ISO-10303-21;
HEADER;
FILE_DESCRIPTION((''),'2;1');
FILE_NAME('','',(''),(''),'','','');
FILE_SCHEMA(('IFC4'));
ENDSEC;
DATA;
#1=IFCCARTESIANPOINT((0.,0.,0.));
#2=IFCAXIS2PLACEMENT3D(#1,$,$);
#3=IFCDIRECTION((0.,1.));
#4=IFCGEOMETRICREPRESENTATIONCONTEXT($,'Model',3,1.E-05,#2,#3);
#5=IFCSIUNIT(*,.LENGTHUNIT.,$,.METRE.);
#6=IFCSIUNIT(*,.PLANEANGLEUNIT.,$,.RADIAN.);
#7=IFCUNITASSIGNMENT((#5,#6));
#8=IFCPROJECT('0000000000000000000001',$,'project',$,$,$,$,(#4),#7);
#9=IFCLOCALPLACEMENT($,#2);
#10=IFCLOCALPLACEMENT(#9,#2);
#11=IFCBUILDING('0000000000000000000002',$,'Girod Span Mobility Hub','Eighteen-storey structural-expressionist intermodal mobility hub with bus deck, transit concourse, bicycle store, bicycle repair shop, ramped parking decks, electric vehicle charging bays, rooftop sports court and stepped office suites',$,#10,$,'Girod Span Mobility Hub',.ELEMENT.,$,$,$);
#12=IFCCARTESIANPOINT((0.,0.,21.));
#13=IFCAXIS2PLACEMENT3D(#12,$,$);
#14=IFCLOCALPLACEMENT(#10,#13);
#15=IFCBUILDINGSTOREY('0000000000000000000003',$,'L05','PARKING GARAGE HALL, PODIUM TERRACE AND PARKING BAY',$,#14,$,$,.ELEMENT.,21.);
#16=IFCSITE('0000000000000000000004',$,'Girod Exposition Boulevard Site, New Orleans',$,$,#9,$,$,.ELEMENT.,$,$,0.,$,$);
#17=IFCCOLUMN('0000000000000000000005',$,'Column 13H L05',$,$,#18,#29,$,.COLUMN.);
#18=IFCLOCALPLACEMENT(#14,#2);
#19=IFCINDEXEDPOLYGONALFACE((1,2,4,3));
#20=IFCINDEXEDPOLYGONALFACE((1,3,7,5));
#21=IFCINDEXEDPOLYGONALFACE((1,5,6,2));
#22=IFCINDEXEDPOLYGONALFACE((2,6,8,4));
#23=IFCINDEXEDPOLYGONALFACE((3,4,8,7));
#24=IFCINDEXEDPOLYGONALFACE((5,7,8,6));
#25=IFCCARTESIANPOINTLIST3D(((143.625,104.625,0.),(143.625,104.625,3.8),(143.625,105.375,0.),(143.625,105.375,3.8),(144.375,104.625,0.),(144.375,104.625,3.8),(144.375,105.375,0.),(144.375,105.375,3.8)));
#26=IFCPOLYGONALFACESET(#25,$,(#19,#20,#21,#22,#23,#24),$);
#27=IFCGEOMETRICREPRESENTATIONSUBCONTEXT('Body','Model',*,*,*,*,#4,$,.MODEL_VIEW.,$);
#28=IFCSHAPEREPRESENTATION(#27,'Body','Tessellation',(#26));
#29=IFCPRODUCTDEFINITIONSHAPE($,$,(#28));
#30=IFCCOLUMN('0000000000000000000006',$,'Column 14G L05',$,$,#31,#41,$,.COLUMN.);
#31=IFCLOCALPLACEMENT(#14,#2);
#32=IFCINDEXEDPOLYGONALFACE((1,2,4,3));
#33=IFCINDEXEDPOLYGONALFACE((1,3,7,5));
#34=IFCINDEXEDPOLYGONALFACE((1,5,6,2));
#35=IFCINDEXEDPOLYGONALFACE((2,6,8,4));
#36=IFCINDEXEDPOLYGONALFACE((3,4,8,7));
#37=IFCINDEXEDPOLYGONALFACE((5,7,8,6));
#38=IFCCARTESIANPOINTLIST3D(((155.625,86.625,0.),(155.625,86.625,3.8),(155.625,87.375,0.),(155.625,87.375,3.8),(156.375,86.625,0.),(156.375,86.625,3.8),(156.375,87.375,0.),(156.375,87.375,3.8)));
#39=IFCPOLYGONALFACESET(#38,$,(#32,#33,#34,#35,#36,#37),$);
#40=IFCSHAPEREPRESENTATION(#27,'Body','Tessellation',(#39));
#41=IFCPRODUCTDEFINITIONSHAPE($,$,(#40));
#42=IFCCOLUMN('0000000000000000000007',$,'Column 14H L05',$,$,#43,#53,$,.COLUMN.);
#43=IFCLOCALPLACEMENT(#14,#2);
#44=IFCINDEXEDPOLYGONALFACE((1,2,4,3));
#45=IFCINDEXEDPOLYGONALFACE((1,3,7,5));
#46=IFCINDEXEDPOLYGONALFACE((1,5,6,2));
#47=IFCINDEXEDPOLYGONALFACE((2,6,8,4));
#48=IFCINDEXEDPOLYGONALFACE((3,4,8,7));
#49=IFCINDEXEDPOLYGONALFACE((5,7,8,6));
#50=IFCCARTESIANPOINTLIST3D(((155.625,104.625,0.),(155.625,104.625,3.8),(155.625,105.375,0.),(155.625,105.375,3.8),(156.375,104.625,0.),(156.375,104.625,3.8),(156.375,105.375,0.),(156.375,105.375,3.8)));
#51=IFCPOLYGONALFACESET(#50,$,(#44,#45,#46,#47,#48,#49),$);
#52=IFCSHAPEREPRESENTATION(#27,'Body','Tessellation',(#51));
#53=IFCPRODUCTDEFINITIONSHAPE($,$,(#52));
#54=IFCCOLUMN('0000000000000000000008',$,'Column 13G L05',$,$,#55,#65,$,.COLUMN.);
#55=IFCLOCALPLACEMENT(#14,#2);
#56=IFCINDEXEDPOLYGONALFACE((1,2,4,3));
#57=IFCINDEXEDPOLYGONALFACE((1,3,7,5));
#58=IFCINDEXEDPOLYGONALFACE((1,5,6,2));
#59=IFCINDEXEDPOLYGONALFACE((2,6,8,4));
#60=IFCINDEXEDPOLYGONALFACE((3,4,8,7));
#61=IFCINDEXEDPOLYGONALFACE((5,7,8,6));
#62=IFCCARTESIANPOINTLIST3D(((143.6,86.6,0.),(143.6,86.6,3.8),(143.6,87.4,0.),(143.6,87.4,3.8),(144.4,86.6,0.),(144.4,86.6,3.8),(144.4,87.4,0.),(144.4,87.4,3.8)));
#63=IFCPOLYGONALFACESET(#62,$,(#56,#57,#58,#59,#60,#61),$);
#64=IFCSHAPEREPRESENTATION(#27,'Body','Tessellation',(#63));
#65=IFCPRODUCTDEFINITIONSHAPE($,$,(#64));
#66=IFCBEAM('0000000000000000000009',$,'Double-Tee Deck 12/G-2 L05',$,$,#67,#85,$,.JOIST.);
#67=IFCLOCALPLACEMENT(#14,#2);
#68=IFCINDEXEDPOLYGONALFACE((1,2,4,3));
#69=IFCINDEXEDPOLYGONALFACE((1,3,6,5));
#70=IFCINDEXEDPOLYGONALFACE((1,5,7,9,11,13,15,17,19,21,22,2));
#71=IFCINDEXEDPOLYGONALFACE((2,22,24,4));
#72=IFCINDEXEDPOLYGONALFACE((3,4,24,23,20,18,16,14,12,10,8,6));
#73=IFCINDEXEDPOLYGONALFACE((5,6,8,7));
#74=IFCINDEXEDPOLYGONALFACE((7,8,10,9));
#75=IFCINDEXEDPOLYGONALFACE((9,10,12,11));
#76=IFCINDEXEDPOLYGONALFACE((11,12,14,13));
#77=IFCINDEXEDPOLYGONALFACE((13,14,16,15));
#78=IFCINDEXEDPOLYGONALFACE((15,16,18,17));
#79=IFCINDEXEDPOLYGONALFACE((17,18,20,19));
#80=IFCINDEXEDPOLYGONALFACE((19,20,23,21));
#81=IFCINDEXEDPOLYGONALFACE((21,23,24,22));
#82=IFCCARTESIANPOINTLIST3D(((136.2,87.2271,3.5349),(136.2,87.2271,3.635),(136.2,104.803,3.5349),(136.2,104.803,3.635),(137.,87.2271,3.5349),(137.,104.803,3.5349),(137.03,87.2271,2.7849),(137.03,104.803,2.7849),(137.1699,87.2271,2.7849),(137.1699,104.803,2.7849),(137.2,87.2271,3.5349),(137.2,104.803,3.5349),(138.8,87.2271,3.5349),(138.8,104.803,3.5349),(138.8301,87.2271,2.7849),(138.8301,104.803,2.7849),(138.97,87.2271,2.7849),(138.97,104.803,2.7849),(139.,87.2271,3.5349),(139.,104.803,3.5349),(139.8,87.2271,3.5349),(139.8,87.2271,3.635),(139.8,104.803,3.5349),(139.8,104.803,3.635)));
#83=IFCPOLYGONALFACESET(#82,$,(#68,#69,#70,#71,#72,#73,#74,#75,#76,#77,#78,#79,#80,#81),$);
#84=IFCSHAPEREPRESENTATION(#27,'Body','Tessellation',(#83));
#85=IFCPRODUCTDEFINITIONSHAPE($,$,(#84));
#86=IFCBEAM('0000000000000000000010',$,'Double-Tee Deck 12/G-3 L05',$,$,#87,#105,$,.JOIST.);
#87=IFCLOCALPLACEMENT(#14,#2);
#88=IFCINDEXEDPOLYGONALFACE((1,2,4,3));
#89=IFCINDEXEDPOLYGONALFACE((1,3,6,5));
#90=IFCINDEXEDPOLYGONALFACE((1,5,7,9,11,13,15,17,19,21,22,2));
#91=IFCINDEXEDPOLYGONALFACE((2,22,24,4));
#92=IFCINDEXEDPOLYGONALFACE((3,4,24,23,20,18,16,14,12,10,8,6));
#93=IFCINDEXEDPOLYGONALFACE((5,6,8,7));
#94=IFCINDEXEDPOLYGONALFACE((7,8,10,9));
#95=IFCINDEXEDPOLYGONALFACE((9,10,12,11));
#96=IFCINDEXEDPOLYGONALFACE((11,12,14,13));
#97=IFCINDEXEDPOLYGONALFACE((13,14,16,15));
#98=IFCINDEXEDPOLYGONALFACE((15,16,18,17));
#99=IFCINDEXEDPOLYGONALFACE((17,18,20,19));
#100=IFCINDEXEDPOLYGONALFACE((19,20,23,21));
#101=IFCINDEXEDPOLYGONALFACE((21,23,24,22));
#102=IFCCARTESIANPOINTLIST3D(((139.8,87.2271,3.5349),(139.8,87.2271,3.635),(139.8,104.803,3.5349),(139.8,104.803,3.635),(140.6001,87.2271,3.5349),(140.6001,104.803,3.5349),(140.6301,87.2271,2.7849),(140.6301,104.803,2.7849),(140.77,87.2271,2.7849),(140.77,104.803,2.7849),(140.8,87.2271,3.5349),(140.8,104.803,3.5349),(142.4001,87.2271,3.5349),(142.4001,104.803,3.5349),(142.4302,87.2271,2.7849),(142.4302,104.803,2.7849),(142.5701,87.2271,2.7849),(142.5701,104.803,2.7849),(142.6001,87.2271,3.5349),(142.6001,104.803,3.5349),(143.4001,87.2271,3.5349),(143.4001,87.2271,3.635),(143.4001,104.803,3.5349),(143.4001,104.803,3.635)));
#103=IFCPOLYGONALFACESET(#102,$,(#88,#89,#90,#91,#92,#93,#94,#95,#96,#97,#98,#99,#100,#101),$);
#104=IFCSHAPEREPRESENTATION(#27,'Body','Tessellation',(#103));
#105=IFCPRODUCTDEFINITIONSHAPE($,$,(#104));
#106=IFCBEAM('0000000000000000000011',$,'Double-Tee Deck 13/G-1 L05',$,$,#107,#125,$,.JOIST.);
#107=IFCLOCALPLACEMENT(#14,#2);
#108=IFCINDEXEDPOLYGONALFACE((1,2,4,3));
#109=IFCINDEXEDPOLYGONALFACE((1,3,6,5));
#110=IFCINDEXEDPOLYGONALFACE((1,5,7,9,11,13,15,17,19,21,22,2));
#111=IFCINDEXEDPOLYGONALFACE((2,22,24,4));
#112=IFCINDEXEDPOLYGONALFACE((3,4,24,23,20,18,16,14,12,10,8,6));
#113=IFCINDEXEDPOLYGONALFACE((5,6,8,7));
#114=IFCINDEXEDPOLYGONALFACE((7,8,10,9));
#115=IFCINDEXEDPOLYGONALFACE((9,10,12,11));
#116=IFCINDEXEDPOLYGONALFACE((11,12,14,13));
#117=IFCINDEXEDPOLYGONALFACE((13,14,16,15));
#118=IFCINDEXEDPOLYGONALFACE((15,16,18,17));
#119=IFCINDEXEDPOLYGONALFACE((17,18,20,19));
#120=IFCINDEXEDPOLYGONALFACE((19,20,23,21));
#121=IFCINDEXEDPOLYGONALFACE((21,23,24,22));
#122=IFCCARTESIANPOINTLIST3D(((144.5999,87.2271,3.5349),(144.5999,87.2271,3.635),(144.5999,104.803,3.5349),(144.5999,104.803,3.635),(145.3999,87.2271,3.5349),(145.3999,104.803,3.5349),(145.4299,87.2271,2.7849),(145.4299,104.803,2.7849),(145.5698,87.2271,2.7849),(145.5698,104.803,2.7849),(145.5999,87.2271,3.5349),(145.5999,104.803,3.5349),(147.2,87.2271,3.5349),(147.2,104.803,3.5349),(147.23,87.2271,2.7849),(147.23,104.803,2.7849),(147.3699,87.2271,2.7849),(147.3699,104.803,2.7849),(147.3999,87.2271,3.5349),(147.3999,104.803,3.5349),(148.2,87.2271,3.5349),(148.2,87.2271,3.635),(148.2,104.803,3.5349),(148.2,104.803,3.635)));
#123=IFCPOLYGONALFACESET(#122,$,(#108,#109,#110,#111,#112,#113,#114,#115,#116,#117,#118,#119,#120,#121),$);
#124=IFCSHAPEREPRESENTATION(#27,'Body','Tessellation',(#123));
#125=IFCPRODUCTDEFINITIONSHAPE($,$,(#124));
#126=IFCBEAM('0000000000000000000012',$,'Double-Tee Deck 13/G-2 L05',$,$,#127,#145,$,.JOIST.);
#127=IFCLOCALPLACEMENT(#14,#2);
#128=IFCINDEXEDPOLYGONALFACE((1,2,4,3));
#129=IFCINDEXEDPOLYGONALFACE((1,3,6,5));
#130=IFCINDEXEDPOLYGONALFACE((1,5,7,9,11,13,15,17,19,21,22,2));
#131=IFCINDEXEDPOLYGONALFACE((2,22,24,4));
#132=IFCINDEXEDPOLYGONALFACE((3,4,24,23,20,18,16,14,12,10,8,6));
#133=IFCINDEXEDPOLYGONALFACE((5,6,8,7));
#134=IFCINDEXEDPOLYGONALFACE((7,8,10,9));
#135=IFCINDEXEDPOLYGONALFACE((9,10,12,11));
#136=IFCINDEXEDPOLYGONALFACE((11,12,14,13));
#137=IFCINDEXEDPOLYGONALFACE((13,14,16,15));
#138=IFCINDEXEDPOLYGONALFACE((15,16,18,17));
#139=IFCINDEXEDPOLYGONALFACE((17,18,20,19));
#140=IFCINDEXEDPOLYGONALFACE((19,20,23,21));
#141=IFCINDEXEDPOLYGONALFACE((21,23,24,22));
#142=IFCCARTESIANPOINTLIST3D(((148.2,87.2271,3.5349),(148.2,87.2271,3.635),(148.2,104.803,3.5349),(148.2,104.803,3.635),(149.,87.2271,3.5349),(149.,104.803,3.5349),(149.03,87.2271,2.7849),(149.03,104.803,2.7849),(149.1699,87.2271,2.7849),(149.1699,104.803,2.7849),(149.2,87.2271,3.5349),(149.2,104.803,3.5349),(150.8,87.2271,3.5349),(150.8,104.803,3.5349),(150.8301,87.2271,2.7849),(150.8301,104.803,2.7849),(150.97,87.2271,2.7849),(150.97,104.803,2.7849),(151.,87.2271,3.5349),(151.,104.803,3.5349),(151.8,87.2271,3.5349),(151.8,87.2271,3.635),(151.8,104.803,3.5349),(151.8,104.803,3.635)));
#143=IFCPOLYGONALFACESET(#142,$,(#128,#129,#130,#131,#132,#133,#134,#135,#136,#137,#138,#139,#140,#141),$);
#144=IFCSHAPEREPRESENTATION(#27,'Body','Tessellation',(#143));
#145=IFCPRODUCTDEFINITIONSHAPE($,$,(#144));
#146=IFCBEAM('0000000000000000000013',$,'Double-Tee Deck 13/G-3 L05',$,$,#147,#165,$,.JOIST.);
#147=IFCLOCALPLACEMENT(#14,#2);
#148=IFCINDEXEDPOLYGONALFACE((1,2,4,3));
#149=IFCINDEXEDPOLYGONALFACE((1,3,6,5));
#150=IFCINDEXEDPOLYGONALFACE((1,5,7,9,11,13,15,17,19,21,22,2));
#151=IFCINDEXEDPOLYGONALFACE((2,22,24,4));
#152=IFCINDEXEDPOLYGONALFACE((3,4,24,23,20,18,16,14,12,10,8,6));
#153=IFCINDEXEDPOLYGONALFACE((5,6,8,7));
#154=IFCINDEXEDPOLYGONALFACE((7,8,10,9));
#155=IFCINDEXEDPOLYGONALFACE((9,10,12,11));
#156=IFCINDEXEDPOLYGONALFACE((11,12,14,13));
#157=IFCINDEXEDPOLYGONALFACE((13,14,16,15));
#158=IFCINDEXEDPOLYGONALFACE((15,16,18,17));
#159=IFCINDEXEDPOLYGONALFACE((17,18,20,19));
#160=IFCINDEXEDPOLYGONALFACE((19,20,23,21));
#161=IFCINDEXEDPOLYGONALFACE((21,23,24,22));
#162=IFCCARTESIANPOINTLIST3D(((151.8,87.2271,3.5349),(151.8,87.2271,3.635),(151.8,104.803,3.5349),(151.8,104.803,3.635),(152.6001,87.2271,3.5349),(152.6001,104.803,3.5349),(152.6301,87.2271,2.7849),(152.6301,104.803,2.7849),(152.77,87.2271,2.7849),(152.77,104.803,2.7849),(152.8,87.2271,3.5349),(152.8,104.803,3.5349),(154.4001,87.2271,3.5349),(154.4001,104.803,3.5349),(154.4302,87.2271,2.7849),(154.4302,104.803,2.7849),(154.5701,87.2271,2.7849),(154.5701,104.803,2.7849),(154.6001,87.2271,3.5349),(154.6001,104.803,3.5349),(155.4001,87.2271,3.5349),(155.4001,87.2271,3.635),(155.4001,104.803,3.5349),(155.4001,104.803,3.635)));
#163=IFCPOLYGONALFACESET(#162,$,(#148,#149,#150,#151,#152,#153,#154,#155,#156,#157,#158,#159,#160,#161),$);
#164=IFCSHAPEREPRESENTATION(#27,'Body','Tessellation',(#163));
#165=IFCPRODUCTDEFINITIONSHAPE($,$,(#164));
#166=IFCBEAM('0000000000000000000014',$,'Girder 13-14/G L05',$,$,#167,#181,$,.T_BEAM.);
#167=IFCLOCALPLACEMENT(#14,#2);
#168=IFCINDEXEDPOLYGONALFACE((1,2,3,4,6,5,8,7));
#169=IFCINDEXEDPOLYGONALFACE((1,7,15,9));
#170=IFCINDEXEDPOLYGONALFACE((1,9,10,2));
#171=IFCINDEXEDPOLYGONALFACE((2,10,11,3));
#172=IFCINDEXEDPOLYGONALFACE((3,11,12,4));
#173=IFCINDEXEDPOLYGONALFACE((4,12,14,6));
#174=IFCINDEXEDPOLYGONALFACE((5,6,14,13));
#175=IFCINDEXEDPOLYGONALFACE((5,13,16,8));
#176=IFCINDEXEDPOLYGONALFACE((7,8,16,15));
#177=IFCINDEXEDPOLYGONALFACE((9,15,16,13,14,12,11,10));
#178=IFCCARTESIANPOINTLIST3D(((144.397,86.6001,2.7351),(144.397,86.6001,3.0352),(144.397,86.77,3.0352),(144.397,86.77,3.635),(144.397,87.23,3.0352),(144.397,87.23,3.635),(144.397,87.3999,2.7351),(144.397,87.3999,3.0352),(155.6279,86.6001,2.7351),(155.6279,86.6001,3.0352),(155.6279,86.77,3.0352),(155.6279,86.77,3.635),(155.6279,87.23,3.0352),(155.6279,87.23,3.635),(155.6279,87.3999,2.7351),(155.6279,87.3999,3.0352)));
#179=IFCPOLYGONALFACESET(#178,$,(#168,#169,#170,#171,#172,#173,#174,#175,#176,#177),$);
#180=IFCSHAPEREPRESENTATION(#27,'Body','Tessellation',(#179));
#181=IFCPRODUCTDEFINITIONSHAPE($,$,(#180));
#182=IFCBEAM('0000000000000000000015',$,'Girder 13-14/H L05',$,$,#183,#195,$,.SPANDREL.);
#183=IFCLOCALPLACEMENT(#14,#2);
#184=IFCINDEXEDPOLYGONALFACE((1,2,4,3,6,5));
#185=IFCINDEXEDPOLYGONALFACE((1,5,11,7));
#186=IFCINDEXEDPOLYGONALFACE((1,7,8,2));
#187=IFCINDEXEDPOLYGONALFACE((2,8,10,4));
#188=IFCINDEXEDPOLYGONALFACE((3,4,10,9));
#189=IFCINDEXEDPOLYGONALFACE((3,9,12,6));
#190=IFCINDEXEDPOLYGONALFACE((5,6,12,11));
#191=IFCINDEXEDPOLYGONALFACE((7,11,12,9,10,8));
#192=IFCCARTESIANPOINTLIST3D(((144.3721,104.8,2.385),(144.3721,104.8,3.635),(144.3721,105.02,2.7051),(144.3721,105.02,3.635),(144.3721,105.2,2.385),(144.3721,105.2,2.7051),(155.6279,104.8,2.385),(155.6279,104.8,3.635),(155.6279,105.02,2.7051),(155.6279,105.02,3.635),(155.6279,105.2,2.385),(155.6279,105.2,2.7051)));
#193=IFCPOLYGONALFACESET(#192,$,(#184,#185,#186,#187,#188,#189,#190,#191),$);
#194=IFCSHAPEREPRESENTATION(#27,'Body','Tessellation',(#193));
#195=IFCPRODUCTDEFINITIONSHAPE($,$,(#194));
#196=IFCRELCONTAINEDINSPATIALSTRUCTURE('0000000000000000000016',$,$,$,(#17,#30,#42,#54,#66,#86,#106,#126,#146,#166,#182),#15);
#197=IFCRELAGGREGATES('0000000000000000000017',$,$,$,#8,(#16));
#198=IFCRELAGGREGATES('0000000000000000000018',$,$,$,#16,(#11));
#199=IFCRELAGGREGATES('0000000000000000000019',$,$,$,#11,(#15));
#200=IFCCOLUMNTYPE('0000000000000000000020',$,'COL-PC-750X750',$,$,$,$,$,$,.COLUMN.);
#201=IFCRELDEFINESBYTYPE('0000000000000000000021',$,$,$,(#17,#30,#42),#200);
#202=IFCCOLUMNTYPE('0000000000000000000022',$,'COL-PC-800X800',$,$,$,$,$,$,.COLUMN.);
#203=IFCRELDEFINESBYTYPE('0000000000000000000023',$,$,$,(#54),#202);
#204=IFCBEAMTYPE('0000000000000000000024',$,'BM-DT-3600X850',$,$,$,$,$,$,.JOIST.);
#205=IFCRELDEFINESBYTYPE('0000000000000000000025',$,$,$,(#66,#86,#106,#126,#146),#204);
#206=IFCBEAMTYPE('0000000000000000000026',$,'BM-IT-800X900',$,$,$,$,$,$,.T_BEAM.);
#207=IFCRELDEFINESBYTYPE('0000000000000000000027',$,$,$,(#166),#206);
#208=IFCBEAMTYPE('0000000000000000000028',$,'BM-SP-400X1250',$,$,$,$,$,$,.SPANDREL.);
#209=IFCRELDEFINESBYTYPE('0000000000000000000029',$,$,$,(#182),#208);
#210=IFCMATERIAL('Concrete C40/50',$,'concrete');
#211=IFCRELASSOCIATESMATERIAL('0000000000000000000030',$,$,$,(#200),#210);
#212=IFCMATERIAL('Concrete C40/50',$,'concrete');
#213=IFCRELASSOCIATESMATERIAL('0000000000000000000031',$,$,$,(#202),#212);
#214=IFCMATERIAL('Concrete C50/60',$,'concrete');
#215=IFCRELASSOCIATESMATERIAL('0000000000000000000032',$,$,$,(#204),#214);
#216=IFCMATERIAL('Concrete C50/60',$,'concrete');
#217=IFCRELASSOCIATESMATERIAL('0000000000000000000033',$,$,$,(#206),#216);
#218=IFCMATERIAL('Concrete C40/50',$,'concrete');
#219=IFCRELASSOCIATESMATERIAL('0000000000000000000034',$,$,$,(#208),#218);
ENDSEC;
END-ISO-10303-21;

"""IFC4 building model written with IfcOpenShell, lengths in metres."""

from ifc_helpers import new_model, si_unit, direction, frame, origin, origin_2d, place, context, subcontext, project, spatial, polyline, rectangle, outline, extrude, material, material_profile, profile_set, type_object, element, save


model = new_model("IFC4")

# Units and contexts
model_context = context("Model", 3, precision=1e-05, world=origin(), true_north=direction((0.0, 1.0)))
body_context = subcontext(model_context, "Body", "Model", "MODEL_VIEW")
ifc_project = project(units=[si_unit("LENGTHUNIT", "METRE"), si_unit("PLANEANGLEUNIT", "RADIAN")], contexts=[model_context])

# Site, building, storey
site_placement = place(None, origin())
site = spatial("IfcSite", under=ifc_project, at=site_placement, Name="Girod Exposition Boulevard Site, New Orleans", CompositionType="ELEMENT", RefElevation=0.0)
building_placement = place(site_placement, origin())
building = spatial("IfcBuilding", under=site, at=building_placement, Name="Girod Span Mobility Hub", Description="Eighteen-storey structural-expressionist intermodal mobility hub with bus deck, transit concourse, bicycle store, bicycle repair shop, ramped parking decks, electric vehicle charging bays, rooftop sports court and stepped office suites", LongName="Girod Span Mobility Hub", CompositionType="ELEMENT")
storey_placement = place(building_placement, frame((0.0, 0.0, 21.0)))
storey = spatial("IfcBuildingStorey", under=building, at=storey_placement, Name="L05", Description="PARKING GARAGE HALL, PODIUM TERRACE AND PARKING BAY", CompositionType="ELEMENT", Elevation=21.0)

# Columns
ifc_material_1 = material(Name="Concrete C40/50", Category="concrete")
ifc_material_profile_1 = material_profile(ifc_material_1, rectangle(XDim=0.75, YDim=0.75, at=origin_2d()), Name="PC-COL-750X750")
ifc_profile_set_1 = profile_set([ifc_material_profile_1], Name="Concrete C40/50")
column_type_1 = type_object("IfcColumnType", Name="COL-PC-750X750", PredefinedType="COLUMN", material=ifc_profile_set_1)
for number, where, z_axis, x_axis, name in (
    (1, (144.0, 105.0, 0.0), (0.0, 0.0, 1.0), (1.0, 0.0, 0.0), "Column 13H L05"),
    (2, (156.0, 87.0, 0.0), (0.0, 0.0, 1.0), (1.0, 0.0, 0.0), "Column 14G L05"),
    (3, (156.0, 105.0, 0.0), (0.0, 0.0, 1.0), (1.0, 0.0, 0.0), "Column 14H L05"),
):
    element("IfcColumn", number, at=place(storey_placement, frame(where, z_axis=z_axis, x_axis=x_axis)), inside=storey, type_object=column_type_1, Name=name, PredefinedType="COLUMN", context=body_context, shape_type="SweptSolid", body=[
        extrude(rectangle(XDim=0.75, YDim=0.75, at=origin_2d()), origin(), (0.0, 0.0, 1.0), 3.8),
    ])
ifc_material_2 = material(Name="Concrete C40/50", Category="concrete")
ifc_material_profile_2 = material_profile(ifc_material_2, rectangle(XDim=0.8, YDim=0.8, at=origin_2d()), Name="PC-COL-800X800")
ifc_profile_set_2 = profile_set([ifc_material_profile_2], Name="Concrete C40/50")
column_type_2 = type_object("IfcColumnType", Name="COL-PC-800X800", PredefinedType="COLUMN", material=ifc_profile_set_2)
column_placement = place(storey_placement, frame((144.0, 87.0, 0.0), z_axis=(0.0, 0.0, 1.0), x_axis=(1.0, 0.0, 0.0)))
element("IfcColumn", 4, at=column_placement, inside=storey, type_object=column_type_2, Name="Column 13G L05", PredefinedType="COLUMN", context=body_context, shape_type="SweptSolid", body=[
    extrude(rectangle(XDim=0.8, YDim=0.8, at=origin_2d()), origin(), (0.0, 0.0, 1.0), 3.8),
])

# Beams
ifc_material_3 = material(Name="Concrete C50/60", Category="concrete")
ifc_material_profile_3 = material_profile(ifc_material_3, outline(polyline([(-1.8, 0.425), (-1.8, 0.325), (-1.0, 0.325), (-0.97, -0.425), (-0.8301, -0.425), (-0.8, 0.325), (0.8, 0.325), (0.8301, -0.425), (0.97, -0.425), (1.0, 0.325), (1.8, 0.325), (1.8, 0.425), (-1.8, 0.425)])), Name="DT-3600X850")
ifc_profile_set_3 = profile_set([ifc_material_profile_3], Name="Concrete C50/60")
beam_type_1 = type_object("IfcBeamType", Name="BM-DT-3600X850", PredefinedType="JOIST", material=ifc_profile_set_3)
for number, where, z_axis, x_axis, name in (
    (5, (138.0, 87.2271, 3.21), (0.0, 1.0, 0.0), (-1.0, 0.0, 0.0), "Double-Tee Deck 12/G-2 L05"),
    (6, (141.6001, 87.2271, 3.21), (0.0, 1.0, 0.0), (-1.0, 0.0, 0.0), "Double-Tee Deck 12/G-3 L05"),
    (7, (146.3999, 87.2271, 3.21), (0.0, 1.0, 0.0), (-1.0, 0.0, 0.0), "Double-Tee Deck 13/G-1 L05"),
    (8, (150.0, 87.2271, 3.21), (0.0, 1.0, 0.0), (-1.0, 0.0, 0.0), "Double-Tee Deck 13/G-2 L05"),
    (9, (153.6001, 87.2271, 3.21), (0.0, 1.0, 0.0), (-1.0, 0.0, 0.0), "Double-Tee Deck 13/G-3 L05"),
):
    element("IfcBeam", number, at=place(storey_placement, frame(where, z_axis=z_axis, x_axis=x_axis)), inside=storey, type_object=beam_type_1, Name=name, PredefinedType="JOIST", context=body_context, shape_type="SweptSolid", body=[
        extrude(outline(polyline([(-1.8, 0.425), (-1.8, 0.325), (-1.0, 0.325), (-0.97, -0.425), (-0.8301, -0.425), (-0.8, 0.325), (0.8, 0.325), (0.8301, -0.425), (0.97, -0.425), (1.0, 0.325), (1.8, 0.325), (1.8, 0.425), (-1.8, 0.425)])), origin(), (0.0, 0.0, 1.0), 17.5759),
    ])
ifc_material_4 = material(Name="Concrete C50/60", Category="concrete")
ifc_material_profile_4 = material_profile(ifc_material_4, outline(polyline([(-0.3999, -0.45), (0.3999, -0.45), (0.3999, -0.1499), (0.23, -0.1499), (0.23, 0.45), (-0.23, 0.45), (-0.23, -0.1499), (-0.3999, -0.1499), (-0.3999, -0.45)])), Name="IT-800X900")
ifc_profile_set_4 = profile_set([ifc_material_profile_4], Name="Concrete C50/60")
beam_type_2 = type_object("IfcBeamType", Name="BM-IT-800X900", PredefinedType="T_BEAM", material=ifc_profile_set_4)
beam_1_placement = place(storey_placement, frame((144.397, 87.0, 3.1851), z_axis=(1.0, 0.0, 0.0), x_axis=(0.0, 1.0, 0.0)))
element("IfcBeam", 10, at=beam_1_placement, inside=storey, type_object=beam_type_2, Name="Girder 13-14/G L05", PredefinedType="T_BEAM", context=body_context, shape_type="SweptSolid", body=[
    extrude(outline(polyline([(-0.3999, -0.45), (0.3999, -0.45), (0.3999, -0.1499), (0.23, -0.1499), (0.23, 0.45), (-0.23, 0.45), (-0.23, -0.1499), (-0.3999, -0.1499), (-0.3999, -0.45)])), origin(), (0.0, 0.0, 1.0), 11.231),
])
ifc_material_5 = material(Name="Concrete C40/50", Category="concrete")
ifc_material_profile_5 = material_profile(ifc_material_5, outline(polyline([(-0.2, -0.625), (0.2, -0.625), (0.2, -0.3049), (0.02, -0.3049), (0.02, 0.625), (-0.2, 0.625), (-0.2, -0.625)])), Name="SP-400X1250")
ifc_profile_set_5 = profile_set([ifc_material_profile_5], Name="Concrete C40/50")
beam_type_3 = type_object("IfcBeamType", Name="BM-SP-400X1250", PredefinedType="SPANDREL", material=ifc_profile_set_5)
beam_2_placement = place(storey_placement, frame((144.3721, 105.0, 3.01), z_axis=(1.0, 0.0, 0.0), x_axis=(0.0, 1.0, 0.0)))
element("IfcBeam", 11, at=beam_2_placement, inside=storey, type_object=beam_type_3, Name="Girder 13-14/H L05", PredefinedType="SPANDREL", context=body_context, shape_type="SweptSolid", body=[
    extrude(outline(polyline([(-0.2, -0.625), (0.2, -0.625), (0.2, -0.3049), (0.02, -0.3049), (0.02, 0.625), (-0.2, 0.625), (-0.2, -0.625)])), origin(), (0.0, 0.0, 1.0), 11.2559),
])

save(model, "model.ifc")
